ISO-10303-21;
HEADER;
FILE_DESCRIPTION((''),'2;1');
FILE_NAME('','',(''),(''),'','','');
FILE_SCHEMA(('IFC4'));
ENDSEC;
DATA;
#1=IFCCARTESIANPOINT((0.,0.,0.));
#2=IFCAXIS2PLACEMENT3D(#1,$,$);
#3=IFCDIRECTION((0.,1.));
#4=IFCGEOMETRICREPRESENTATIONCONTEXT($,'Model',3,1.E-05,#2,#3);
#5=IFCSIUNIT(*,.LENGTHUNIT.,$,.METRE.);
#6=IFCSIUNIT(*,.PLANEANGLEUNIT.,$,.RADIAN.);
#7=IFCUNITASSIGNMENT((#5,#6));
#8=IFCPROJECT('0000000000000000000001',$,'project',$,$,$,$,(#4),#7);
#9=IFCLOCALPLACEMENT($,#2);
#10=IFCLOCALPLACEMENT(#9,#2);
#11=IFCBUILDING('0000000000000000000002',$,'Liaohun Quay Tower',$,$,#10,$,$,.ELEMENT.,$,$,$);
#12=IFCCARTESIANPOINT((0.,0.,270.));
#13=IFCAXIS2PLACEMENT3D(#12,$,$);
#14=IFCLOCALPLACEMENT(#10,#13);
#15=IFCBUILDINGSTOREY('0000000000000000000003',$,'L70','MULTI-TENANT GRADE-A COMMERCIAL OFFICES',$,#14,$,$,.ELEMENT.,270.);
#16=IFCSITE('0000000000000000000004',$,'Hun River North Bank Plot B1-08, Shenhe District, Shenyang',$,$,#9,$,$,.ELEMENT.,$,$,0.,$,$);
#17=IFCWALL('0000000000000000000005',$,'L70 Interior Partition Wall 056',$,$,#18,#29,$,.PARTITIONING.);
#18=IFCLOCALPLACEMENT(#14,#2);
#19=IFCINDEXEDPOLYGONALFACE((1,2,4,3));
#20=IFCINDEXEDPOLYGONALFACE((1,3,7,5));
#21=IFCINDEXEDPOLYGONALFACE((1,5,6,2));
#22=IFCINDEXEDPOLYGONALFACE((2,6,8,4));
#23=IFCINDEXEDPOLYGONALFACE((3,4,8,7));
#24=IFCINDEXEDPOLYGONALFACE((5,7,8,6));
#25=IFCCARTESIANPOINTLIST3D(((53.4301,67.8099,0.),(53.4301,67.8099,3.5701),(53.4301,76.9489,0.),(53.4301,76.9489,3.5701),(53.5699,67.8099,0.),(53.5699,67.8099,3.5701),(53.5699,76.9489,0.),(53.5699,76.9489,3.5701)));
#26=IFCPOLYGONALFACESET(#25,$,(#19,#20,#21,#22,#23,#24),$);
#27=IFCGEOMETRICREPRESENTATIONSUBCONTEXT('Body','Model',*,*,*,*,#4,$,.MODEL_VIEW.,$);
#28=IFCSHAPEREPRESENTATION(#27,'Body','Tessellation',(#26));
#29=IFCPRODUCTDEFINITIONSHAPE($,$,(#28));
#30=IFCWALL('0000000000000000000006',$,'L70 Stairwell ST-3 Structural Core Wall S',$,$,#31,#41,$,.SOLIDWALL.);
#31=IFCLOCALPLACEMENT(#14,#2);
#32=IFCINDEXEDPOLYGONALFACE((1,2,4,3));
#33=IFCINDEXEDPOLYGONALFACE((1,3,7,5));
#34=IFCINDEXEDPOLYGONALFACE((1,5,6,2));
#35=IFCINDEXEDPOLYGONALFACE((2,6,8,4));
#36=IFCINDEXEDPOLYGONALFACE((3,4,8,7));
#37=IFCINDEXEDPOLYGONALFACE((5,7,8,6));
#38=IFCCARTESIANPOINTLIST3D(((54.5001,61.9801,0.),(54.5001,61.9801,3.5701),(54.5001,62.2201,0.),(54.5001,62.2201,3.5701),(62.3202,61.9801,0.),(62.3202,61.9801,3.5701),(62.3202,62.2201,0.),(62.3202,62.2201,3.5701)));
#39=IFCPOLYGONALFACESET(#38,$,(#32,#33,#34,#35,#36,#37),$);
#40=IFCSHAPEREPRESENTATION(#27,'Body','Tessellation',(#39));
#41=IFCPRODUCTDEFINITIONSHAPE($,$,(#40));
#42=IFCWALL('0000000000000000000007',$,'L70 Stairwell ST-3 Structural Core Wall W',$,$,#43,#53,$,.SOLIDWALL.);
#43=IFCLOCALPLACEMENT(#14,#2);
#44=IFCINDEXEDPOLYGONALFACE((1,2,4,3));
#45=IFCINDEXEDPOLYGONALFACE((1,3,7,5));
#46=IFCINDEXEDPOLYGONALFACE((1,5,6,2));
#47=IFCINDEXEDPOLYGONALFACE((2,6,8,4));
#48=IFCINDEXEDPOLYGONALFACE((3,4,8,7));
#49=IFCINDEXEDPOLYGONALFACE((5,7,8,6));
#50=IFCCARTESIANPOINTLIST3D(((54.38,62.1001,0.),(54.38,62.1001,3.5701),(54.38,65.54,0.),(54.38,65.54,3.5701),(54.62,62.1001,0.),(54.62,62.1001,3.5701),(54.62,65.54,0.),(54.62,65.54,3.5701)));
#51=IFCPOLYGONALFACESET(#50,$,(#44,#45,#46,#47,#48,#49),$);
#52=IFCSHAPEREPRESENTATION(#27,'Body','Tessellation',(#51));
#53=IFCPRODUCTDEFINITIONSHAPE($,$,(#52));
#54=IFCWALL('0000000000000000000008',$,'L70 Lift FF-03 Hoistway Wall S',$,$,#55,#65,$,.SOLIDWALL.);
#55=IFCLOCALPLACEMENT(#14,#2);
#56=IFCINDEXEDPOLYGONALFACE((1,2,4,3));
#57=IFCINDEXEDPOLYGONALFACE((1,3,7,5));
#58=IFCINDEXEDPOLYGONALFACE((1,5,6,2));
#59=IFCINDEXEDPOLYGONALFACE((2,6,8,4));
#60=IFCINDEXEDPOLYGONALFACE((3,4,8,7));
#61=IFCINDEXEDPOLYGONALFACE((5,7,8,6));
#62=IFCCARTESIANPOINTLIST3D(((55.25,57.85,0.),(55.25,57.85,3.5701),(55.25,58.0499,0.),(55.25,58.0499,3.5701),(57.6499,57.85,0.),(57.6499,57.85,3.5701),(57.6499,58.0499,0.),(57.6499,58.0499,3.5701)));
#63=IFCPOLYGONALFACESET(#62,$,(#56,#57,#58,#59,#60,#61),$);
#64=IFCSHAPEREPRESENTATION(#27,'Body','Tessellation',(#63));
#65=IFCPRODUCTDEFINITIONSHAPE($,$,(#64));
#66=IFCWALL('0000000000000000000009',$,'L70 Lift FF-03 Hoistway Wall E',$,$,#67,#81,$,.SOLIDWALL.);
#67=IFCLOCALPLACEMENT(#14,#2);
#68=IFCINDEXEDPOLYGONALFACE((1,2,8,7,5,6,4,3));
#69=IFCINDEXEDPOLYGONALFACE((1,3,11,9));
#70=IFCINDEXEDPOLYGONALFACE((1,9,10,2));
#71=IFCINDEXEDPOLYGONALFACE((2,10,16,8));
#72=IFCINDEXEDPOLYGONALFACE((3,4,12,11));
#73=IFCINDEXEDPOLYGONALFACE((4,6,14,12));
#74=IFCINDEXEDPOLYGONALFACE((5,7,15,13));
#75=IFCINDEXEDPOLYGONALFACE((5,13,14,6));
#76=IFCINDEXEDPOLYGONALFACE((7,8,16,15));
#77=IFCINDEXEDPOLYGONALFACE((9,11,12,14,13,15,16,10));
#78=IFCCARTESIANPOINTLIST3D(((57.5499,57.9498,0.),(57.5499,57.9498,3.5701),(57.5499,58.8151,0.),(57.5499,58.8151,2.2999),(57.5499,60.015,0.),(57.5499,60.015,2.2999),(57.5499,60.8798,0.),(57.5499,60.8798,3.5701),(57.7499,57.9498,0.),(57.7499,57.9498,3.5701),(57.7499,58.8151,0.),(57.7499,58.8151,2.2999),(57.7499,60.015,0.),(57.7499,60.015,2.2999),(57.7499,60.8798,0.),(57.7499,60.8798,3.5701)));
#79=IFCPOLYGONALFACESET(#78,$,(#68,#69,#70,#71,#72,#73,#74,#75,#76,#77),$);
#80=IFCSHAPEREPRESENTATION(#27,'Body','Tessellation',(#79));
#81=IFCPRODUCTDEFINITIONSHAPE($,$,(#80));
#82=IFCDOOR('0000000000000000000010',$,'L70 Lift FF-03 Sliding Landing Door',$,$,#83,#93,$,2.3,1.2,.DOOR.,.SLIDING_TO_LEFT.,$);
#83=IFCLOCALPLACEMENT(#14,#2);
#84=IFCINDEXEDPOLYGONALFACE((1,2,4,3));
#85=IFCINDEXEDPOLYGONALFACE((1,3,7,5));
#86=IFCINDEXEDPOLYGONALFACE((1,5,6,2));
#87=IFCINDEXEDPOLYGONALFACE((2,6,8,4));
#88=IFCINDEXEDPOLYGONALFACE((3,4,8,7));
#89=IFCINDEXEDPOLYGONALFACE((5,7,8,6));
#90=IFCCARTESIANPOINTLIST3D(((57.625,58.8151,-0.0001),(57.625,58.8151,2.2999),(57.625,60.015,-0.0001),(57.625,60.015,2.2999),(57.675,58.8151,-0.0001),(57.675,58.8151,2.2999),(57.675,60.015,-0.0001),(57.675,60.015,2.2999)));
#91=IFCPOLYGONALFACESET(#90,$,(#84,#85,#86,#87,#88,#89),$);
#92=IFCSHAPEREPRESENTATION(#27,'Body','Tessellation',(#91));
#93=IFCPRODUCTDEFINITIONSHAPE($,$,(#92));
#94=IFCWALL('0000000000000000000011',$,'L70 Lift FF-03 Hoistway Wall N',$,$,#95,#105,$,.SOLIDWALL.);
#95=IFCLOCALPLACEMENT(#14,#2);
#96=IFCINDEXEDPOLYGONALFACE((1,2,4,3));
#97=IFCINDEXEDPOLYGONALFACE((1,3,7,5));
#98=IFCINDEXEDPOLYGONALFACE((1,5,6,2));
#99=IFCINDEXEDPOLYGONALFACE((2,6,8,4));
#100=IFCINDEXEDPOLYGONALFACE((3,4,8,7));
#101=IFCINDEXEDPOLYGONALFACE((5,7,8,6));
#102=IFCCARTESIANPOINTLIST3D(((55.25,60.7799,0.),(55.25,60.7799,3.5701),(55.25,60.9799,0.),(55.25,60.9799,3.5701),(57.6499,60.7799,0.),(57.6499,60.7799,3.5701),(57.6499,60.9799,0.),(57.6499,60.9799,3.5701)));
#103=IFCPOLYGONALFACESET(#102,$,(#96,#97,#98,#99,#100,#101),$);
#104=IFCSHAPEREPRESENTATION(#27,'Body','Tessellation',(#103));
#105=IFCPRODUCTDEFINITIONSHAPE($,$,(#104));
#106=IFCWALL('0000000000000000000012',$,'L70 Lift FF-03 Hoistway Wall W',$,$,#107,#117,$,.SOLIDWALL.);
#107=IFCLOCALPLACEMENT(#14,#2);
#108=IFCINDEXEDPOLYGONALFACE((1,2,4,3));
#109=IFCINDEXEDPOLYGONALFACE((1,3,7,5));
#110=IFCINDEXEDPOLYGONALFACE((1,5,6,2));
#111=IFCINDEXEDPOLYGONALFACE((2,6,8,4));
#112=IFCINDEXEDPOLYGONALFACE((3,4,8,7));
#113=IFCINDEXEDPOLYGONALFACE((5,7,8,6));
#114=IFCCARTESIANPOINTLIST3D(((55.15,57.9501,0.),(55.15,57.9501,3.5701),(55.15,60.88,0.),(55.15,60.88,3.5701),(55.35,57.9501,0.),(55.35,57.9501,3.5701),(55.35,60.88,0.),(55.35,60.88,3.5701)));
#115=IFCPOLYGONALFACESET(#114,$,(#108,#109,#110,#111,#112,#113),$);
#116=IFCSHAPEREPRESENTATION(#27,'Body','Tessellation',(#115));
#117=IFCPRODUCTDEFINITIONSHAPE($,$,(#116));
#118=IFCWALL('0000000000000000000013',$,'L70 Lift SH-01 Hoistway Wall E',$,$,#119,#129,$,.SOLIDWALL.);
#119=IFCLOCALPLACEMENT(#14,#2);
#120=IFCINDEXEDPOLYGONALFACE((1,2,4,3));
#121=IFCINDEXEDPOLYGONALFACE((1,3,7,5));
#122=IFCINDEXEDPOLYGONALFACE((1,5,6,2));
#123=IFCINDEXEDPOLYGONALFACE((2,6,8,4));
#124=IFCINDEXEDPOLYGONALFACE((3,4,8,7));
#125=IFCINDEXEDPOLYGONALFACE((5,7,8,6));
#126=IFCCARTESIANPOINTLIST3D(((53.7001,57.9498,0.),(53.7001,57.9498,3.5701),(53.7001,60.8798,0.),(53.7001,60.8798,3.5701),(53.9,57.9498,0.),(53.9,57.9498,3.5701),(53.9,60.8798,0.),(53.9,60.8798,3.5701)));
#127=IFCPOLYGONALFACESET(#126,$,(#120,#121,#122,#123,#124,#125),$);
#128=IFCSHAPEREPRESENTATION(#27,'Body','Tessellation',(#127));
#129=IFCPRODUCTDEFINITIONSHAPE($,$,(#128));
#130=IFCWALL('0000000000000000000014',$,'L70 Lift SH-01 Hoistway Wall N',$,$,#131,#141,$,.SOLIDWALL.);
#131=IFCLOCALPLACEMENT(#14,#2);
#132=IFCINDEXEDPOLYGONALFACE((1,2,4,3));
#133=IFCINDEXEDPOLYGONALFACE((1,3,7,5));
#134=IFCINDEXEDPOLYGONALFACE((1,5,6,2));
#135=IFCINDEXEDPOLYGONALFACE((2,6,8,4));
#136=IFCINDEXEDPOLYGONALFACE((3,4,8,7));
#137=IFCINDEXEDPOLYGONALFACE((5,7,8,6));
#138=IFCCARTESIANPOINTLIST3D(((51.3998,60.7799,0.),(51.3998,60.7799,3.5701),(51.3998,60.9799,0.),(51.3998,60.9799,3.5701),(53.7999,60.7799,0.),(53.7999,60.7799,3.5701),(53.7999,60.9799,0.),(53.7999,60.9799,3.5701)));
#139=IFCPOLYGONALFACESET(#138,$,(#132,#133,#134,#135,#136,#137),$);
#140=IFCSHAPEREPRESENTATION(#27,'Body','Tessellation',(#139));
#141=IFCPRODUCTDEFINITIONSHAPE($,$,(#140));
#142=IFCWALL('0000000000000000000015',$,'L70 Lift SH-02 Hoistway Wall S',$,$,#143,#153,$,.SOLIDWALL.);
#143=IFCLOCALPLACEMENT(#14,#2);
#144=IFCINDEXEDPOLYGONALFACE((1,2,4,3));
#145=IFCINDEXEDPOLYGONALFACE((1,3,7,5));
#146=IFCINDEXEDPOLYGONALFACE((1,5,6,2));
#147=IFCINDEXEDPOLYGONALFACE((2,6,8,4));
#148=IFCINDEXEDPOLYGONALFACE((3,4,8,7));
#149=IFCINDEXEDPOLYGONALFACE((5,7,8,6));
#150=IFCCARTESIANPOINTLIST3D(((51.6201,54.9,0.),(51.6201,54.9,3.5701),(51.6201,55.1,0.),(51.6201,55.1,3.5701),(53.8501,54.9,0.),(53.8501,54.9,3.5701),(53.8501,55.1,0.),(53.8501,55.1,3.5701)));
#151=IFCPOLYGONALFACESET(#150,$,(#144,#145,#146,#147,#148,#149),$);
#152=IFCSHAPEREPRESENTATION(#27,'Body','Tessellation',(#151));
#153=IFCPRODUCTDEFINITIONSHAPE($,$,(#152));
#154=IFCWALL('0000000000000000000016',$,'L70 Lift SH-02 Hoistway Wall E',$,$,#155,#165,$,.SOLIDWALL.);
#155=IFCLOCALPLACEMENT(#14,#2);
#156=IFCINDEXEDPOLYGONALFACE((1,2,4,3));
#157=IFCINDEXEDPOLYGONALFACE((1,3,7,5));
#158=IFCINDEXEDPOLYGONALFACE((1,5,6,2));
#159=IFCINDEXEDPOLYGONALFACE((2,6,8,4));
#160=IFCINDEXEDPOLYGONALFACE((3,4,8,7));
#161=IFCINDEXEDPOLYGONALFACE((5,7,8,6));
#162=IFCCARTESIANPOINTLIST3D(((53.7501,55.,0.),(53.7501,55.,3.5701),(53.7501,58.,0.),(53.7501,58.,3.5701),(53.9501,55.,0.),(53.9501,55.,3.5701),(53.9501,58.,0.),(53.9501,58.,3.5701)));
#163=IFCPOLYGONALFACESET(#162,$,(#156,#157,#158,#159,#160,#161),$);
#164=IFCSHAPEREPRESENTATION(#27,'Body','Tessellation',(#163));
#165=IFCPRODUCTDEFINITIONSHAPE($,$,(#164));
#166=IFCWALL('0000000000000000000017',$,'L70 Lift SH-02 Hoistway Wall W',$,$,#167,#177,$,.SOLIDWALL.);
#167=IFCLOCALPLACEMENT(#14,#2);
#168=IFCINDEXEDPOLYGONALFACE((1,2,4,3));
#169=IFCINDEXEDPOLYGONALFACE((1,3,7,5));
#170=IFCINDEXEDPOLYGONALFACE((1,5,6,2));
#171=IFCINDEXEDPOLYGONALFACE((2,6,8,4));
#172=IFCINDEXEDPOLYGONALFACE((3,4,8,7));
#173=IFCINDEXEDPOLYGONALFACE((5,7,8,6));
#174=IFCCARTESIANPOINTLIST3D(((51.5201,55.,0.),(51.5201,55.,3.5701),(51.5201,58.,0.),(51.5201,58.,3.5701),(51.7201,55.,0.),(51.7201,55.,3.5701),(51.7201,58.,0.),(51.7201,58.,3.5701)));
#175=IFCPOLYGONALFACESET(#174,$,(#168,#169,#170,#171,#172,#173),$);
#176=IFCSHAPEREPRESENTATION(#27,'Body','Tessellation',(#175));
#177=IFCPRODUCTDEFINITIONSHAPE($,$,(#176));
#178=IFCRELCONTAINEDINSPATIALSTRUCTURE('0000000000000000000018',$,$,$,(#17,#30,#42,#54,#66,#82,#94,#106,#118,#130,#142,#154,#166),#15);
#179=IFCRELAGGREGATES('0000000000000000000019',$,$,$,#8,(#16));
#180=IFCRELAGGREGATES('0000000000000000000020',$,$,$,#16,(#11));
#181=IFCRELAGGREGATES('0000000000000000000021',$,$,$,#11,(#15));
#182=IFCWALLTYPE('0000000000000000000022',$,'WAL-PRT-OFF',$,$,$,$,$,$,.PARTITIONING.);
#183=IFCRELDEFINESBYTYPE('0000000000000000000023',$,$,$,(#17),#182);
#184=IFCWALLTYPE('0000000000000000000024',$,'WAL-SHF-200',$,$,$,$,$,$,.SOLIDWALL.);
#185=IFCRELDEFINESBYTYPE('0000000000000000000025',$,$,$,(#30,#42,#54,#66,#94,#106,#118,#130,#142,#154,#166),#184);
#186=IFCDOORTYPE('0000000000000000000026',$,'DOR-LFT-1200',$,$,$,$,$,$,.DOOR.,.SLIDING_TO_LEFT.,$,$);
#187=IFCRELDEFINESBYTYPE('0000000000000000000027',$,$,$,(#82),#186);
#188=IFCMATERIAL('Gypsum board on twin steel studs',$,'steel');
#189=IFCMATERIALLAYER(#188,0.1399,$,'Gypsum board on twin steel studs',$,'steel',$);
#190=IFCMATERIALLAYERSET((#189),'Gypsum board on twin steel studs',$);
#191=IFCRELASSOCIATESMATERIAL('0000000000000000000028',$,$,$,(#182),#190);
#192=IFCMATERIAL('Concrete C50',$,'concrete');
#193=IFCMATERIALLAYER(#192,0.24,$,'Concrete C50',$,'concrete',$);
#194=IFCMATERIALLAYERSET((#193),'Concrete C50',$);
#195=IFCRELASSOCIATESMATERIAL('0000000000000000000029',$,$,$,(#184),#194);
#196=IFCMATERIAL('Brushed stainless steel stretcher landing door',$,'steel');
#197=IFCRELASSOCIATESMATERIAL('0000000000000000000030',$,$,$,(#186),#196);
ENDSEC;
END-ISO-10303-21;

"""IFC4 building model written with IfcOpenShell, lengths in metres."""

from ifc_helpers import new_model, si_unit, direction, frame, frame_2d, origin, place, context, subcontext, project, spatial, rectangle, extrude, source, transform, mapped, material, layer, layer_set, type_object, element, fill, save


model = new_model("IFC4")

# Units and contexts
model_context = context("Model", 3, precision=1e-05, world=origin(), true_north=direction((0.0, 1.0)))
body_context = subcontext(model_context, "Body", "Model", "MODEL_VIEW")
ifc_project = project(units=[si_unit("LENGTHUNIT", "METRE"), si_unit("PLANEANGLEUNIT", "RADIAN")], contexts=[model_context])

# Site, building, storey
site_placement = place(None, origin())
site = spatial("IfcSite", under=ifc_project, at=site_placement, Name="Hun River North Bank Plot B1-08, Shenhe District, Shenyang", CompositionType="ELEMENT", RefElevation=0.0)
building_placement = place(site_placement, origin())
building = spatial("IfcBuilding", under=site, at=building_placement, Name="Liaohun Quay Tower", CompositionType="ELEMENT")
storey_placement = place(building_placement, frame((0.0, 0.0, 270.0)))
storey = spatial("IfcBuildingStorey", under=building, at=storey_placement, Name="L70", Description="MULTI-TENANT GRADE-A COMMERCIAL OFFICES", CompositionType="ELEMENT", Elevation=270.0)

# Walls
ifc_material_1 = material(Name="Gypsum board on twin steel studs", Category="steel")
ifc_layer_1 = layer(ifc_material_1, 0.1399, Name="Gypsum board on twin steel studs", Category="steel")
ifc_layer_set_1 = layer_set([ifc_layer_1], Name="Gypsum board on twin steel studs")
wall_type_1 = type_object("IfcWallType", Name="WAL-PRT-OFF", PredefinedType="PARTITIONING", material=ifc_layer_set_1)
wall_1_placement = place(storey_placement, frame((53.5, 67.8101, 0.0), z_axis=(0.0, 0.0, 1.0), x_axis=(0.0, 1.0, 0.0)))
element("IfcWall", 1, at=wall_1_placement, inside=storey, type_object=wall_type_1, Name="L70 Interior Partition Wall 056", PredefinedType="PARTITIONING", context=body_context, shape_type="SweptSolid", body=[
    extrude(rectangle(XDim=9.1389, YDim=0.1399, at=frame_2d((4.5693, 0.0))), origin(), (0.0, 0.0, 1.0), 3.5701),
])
ifc_material_2 = material(Name="Concrete C50", Category="concrete")
ifc_layer_2 = layer(ifc_material_2, 0.24, Name="Concrete C50", Category="concrete")
ifc_layer_set_2 = layer_set([ifc_layer_2], Name="Concrete C50")
wall_type_2 = type_object("IfcWallType", Name="WAL-SHF-200", PredefinedType="SOLIDWALL", material=ifc_layer_set_2)
wall_2_placement = place(storey_placement, frame((54.5, 62.1001, 0.0), z_axis=(0.0, 0.0, 1.0), x_axis=(1.0, 0.0, 0.0)))
element("IfcWall", 2, at=wall_2_placement, inside=storey, type_object=wall_type_2, Name="L70 Stairwell ST-3 Structural Core Wall S", PredefinedType="SOLIDWALL", context=body_context, shape_type="SweptSolid", body=[
    extrude(rectangle(XDim=7.8201, YDim=0.24, at=frame_2d((3.9102, 0.0))), origin(), (0.0, 0.0, 1.0), 3.5701),
])
wall_3_placement = place(storey_placement, frame((54.5, 65.54, 0.0), z_axis=(0.0, 0.0, 1.0), x_axis=(0.0, -1.0, 0.0)))
element("IfcWall", 3, at=wall_3_placement, inside=storey, type_object=wall_type_2, Name="L70 Stairwell ST-3 Structural Core Wall W", PredefinedType="SOLIDWALL", context=body_context, shape_type="SweptSolid", body=[
    extrude(rectangle(XDim=3.4399, YDim=0.24, at=frame_2d((1.72, 0.0))), origin(), (0.0, 0.0, 1.0), 3.5701),
])
wall_4_placement = place(storey_placement, frame((55.25, 57.95, 0.0), z_axis=(0.0, 0.0, 1.0), x_axis=(1.0, 0.0, 0.0)))
element("IfcWall", 4, at=wall_4_placement, inside=storey, type_object=wall_type_2, Name="L70 Lift FF-03 Hoistway Wall S", PredefinedType="SOLIDWALL", context=body_context, shape_type="SweptSolid", body=[
    extrude(rectangle(XDim=2.3999, YDim=0.2, at=frame_2d((1.2, 0.0))), origin(), (0.0, 0.0, 1.0), 3.5701),
])

# Wall, opening, door
wall_5_placement = place(storey_placement, frame((57.6499, 57.95, 0.0), z_axis=(0.0, 0.0, 1.0), x_axis=(0.0, 1.0, 0.0)))
wall_5 = element("IfcWall", 5, at=wall_5_placement, inside=storey, type_object=wall_type_2, Name="L70 Lift FF-03 Hoistway Wall E", PredefinedType="SOLIDWALL", context=body_context, shape_type="SweptSolid", body=[
    extrude(rectangle(XDim=2.9299, YDim=0.2, at=frame_2d((1.4648, 0.0))), origin(), (0.0, 0.0, 1.0), 3.5701),
])
shared_shape_1 = source(origin(), body_context, "Body", "SweptSolid", [
    extrude(rectangle(XDim=1.2, YDim=2.3, at=frame_2d((0.6001, 1.1499))), frame((0.0, 0.1099, 0.0), z_axis=(0.0, -1.0, 0.0), x_axis=(1.0, 0.0, 0.0)), (0.0, 0.0, 1.0), 0.22),
])
opening_1_placement = place(wall_5_placement, frame((0.865, 0.0, 0.0)))
opening_1 = element("IfcOpeningElement", 6, at=opening_1_placement, cuts=wall_5, PredefinedType="OPENING", context=body_context, shape_type="MappedRepresentation", body=[
    mapped(shared_shape_1, transform((0.0, 0.0, 0.0), x_axis=(1.0, 0.0, 0.0), y_axis=(0.0, 1.0, 0.0), z_axis=(0.0, 0.0, 1.0), scale=1.0)),
])
ifc_material_3 = material(Name="Brushed stainless steel stretcher landing door", Category="steel")
door_type_1 = type_object("IfcDoorType", Name="DOR-LFT-1200", OperationType="SLIDING_TO_LEFT", PredefinedType="DOOR", material=ifc_material_3)
shared_shape_2 = source(origin(), body_context, "Body", "SweptSolid", [
    extrude(rectangle(XDim=1.2, YDim=2.3, at=frame_2d((0.6001, 1.1499))), frame((0.0, 0.0249, 0.0), z_axis=(0.0, -1.0, 0.0), x_axis=(1.0, 0.0, 0.0)), (0.0, 0.0, 1.0), 0.05),
])
door_1_placement = place(opening_1_placement, origin())
door_1 = element("IfcDoor", 7, at=door_1_placement, inside=storey, type_object=door_type_1, Name="L70 Lift FF-03 Sliding Landing Door", OperationType="SLIDING_TO_LEFT", OverallHeight=2.3, OverallWidth=1.2, PredefinedType="DOOR", context=body_context, shape_type="MappedRepresentation", body=[
    mapped(shared_shape_2, transform((0.0, 0.0, 0.0), x_axis=(1.0, 0.0, 0.0), y_axis=(0.0, 1.0, 0.0), z_axis=(0.0, 0.0, 1.0), scale=1.0)),
])
fill(opening_1, door_1)

# Walls
wall_6_placement = place(storey_placement, frame((57.6499, 60.8799, 0.0), z_axis=(0.0, 0.0, 1.0), x_axis=(-1.0, 0.0, 0.0)))
element("IfcWall", 8, at=wall_6_placement, inside=storey, type_object=wall_type_2, Name="L70 Lift FF-03 Hoistway Wall N", PredefinedType="SOLIDWALL", context=body_context, shape_type="SweptSolid", body=[
    extrude(rectangle(XDim=2.3999, YDim=0.2, at=frame_2d((1.2, 0.0))), origin(), (0.0, 0.0, 1.0), 3.5701),
])
for number, where, z_axis, x_axis, name in (
    (9, (55.25, 60.8799, 0.0), (0.0, 0.0, 1.0), (0.0, -1.0, 0.0), "L70 Lift FF-03 Hoistway Wall W"),
    (10, (53.8, 57.95, 0.0), (0.0, 0.0, 1.0), (0.0, 1.0, 0.0), "L70 Lift SH-01 Hoistway Wall E"),
):
    element("IfcWall", number, at=place(storey_placement, frame(where, z_axis=z_axis, x_axis=x_axis)), inside=storey, type_object=wall_type_2, Name=name, PredefinedType="SOLIDWALL", context=body_context, shape_type="SweptSolid", body=[
        extrude(rectangle(XDim=2.9299, YDim=0.2, at=frame_2d((1.4648, 0.0))), origin(), (0.0, 0.0, 1.0), 3.5701),
    ])
wall_7_placement = place(storey_placement, frame((53.8, 60.8799, 0.0), z_axis=(0.0, 0.0, 1.0), x_axis=(-1.0, 0.0, 0.0)))
element("IfcWall", 11, at=wall_7_placement, inside=storey, type_object=wall_type_2, Name="L70 Lift SH-01 Hoistway Wall N", PredefinedType="SOLIDWALL", context=body_context, shape_type="SweptSolid", body=[
    extrude(rectangle(XDim=2.4001, YDim=0.2, at=frame_2d((1.2002, 0.0))), origin(), (0.0, 0.0, 1.0), 3.5701),
])
wall_8_placement = place(storey_placement, frame((51.6201, 55.0, 0.0), z_axis=(0.0, 0.0, 1.0), x_axis=(1.0, 0.0, 0.0)))
element("IfcWall", 12, at=wall_8_placement, inside=storey, type_object=wall_type_2, Name="L70 Lift SH-02 Hoistway Wall S", PredefinedType="SOLIDWALL", context=body_context, shape_type="SweptSolid", body=[
    extrude(rectangle(XDim=2.23, YDim=0.2, at=frame_2d((1.115, 0.0))), origin(), (0.0, 0.0, 1.0), 3.5701),
])
for number, where, z_axis, x_axis, name in (
    (13, (53.8501, 55.0, 0.0), (0.0, 0.0, 1.0), (0.0, 1.0, 0.0), "L70 Lift SH-02 Hoistway Wall E"),
    (14, (51.6201, 58.0, 0.0), (0.0, 0.0, 1.0), (0.0, -1.0, 0.0), "L70 Lift SH-02 Hoistway Wall W"),
):
    element("IfcWall", number, at=place(storey_placement, frame(where, z_axis=z_axis, x_axis=x_axis)), inside=storey, type_object=wall_type_2, Name=name, PredefinedType="SOLIDWALL", context=body_context, shape_type="SweptSolid", body=[
        extrude(rectangle(XDim=3.0, YDim=0.2, at=frame_2d((1.5, 0.0))), origin(), (0.0, 0.0, 1.0), 3.5701),
    ])

save(model, "model.ifc")
